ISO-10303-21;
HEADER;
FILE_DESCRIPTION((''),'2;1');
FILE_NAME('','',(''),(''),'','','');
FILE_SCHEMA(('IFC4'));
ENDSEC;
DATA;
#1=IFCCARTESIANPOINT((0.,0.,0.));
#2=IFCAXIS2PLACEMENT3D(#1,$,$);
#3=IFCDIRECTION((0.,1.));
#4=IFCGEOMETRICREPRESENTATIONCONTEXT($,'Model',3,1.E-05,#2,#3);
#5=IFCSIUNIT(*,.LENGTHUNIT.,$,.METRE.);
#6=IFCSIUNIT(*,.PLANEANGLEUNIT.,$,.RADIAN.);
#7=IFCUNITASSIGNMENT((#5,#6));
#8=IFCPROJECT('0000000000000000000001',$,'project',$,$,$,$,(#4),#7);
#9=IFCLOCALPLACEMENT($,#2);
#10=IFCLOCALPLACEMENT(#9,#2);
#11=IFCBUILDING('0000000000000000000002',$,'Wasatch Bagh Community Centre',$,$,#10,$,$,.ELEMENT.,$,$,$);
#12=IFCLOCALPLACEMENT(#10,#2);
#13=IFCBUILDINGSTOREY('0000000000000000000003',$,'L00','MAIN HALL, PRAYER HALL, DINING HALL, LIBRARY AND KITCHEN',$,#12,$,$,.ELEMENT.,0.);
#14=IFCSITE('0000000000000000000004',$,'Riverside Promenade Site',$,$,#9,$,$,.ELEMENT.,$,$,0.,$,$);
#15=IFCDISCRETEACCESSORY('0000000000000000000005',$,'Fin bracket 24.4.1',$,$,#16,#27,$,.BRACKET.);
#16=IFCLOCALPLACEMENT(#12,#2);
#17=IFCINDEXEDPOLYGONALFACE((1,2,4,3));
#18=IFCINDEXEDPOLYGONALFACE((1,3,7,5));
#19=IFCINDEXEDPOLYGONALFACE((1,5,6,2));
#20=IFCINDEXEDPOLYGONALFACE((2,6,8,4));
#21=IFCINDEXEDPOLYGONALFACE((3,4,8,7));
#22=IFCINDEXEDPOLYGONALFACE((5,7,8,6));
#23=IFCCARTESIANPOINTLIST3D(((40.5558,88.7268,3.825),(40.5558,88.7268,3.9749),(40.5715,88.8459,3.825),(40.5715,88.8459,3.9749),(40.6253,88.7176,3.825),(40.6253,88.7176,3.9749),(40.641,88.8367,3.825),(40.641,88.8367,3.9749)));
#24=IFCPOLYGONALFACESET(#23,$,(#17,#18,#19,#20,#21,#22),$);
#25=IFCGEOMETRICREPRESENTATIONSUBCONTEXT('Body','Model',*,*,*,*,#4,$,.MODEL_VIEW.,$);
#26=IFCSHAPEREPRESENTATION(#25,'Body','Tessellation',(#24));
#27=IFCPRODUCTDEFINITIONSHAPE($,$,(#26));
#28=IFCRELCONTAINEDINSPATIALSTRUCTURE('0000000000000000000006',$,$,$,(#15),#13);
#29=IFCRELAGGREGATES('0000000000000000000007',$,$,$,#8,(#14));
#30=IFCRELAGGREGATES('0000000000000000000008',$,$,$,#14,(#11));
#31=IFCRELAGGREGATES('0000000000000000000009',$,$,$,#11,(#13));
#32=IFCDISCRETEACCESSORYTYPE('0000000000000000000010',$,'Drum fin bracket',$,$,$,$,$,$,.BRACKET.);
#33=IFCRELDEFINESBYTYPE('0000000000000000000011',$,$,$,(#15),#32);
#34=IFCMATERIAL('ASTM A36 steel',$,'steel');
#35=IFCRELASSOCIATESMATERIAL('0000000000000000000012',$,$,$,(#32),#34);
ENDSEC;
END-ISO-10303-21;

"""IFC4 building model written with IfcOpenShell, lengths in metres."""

from ifc_helpers import new_model, si_unit, direction, frame, origin, origin_2d, place, context, subcontext, project, spatial, rectangle, extrude, material, type_object, element, save


model = new_model("IFC4")

# Units and contexts
model_context = context("Model", 3, precision=1e-05, world=origin(), true_north=direction((0.0, 1.0)))
body_context = subcontext(model_context, "Body", "Model", "MODEL_VIEW")
ifc_project = project(units=[si_unit("LENGTHUNIT", "METRE"), si_unit("PLANEANGLEUNIT", "RADIAN")], contexts=[model_context])

# Site, building, storey
site_placement = place(None, origin())
site = spatial("IfcSite", under=ifc_project, at=site_placement, Name="Riverside Promenade Site", CompositionType="ELEMENT", RefElevation=0.0)
building_placement = place(site_placement, origin())
building = spatial("IfcBuilding", under=site, at=building_placement, Name="Wasatch Bagh Community Centre", CompositionType="ELEMENT")
storey_placement = place(building_placement, origin())
storey = spatial("IfcBuildingStorey", under=building, at=storey_placement, Name="L00", Description="MAIN HALL, PRAYER HALL, DINING HALL, LIBRARY AND KITCHEN", CompositionType="ELEMENT", Elevation=0.0)

# Discrete accessory
ifc_material_1 = material(Name="ASTM A36 steel", Category="steel")
discrete_accessory_type = type_object("IfcDiscreteAccessoryType", Name="Drum fin bracket", PredefinedType="BRACKET", material=ifc_material_1)
discrete_accessory_placement = place(storey_placement, frame((40.5984, 88.7817, 3.825), z_axis=(0.0, 0.0, 1.0), x_axis=(-0.991445, 0.130526, 0.0)))
element("IfcDiscreteAccessory", 1, at=discrete_accessory_placement, inside=storey, type_object=discrete_accessory_type, Name="Fin bracket 24.4.1", PredefinedType="BRACKET", context=body_context, shape_type="SweptSolid", body=[
    extrude(rectangle(XDim=0.0701, YDim=0.1201, at=origin_2d()), origin(), (0.0, 0.0, 1.0), 0.1499),
])

save(model, "model.ifc")
